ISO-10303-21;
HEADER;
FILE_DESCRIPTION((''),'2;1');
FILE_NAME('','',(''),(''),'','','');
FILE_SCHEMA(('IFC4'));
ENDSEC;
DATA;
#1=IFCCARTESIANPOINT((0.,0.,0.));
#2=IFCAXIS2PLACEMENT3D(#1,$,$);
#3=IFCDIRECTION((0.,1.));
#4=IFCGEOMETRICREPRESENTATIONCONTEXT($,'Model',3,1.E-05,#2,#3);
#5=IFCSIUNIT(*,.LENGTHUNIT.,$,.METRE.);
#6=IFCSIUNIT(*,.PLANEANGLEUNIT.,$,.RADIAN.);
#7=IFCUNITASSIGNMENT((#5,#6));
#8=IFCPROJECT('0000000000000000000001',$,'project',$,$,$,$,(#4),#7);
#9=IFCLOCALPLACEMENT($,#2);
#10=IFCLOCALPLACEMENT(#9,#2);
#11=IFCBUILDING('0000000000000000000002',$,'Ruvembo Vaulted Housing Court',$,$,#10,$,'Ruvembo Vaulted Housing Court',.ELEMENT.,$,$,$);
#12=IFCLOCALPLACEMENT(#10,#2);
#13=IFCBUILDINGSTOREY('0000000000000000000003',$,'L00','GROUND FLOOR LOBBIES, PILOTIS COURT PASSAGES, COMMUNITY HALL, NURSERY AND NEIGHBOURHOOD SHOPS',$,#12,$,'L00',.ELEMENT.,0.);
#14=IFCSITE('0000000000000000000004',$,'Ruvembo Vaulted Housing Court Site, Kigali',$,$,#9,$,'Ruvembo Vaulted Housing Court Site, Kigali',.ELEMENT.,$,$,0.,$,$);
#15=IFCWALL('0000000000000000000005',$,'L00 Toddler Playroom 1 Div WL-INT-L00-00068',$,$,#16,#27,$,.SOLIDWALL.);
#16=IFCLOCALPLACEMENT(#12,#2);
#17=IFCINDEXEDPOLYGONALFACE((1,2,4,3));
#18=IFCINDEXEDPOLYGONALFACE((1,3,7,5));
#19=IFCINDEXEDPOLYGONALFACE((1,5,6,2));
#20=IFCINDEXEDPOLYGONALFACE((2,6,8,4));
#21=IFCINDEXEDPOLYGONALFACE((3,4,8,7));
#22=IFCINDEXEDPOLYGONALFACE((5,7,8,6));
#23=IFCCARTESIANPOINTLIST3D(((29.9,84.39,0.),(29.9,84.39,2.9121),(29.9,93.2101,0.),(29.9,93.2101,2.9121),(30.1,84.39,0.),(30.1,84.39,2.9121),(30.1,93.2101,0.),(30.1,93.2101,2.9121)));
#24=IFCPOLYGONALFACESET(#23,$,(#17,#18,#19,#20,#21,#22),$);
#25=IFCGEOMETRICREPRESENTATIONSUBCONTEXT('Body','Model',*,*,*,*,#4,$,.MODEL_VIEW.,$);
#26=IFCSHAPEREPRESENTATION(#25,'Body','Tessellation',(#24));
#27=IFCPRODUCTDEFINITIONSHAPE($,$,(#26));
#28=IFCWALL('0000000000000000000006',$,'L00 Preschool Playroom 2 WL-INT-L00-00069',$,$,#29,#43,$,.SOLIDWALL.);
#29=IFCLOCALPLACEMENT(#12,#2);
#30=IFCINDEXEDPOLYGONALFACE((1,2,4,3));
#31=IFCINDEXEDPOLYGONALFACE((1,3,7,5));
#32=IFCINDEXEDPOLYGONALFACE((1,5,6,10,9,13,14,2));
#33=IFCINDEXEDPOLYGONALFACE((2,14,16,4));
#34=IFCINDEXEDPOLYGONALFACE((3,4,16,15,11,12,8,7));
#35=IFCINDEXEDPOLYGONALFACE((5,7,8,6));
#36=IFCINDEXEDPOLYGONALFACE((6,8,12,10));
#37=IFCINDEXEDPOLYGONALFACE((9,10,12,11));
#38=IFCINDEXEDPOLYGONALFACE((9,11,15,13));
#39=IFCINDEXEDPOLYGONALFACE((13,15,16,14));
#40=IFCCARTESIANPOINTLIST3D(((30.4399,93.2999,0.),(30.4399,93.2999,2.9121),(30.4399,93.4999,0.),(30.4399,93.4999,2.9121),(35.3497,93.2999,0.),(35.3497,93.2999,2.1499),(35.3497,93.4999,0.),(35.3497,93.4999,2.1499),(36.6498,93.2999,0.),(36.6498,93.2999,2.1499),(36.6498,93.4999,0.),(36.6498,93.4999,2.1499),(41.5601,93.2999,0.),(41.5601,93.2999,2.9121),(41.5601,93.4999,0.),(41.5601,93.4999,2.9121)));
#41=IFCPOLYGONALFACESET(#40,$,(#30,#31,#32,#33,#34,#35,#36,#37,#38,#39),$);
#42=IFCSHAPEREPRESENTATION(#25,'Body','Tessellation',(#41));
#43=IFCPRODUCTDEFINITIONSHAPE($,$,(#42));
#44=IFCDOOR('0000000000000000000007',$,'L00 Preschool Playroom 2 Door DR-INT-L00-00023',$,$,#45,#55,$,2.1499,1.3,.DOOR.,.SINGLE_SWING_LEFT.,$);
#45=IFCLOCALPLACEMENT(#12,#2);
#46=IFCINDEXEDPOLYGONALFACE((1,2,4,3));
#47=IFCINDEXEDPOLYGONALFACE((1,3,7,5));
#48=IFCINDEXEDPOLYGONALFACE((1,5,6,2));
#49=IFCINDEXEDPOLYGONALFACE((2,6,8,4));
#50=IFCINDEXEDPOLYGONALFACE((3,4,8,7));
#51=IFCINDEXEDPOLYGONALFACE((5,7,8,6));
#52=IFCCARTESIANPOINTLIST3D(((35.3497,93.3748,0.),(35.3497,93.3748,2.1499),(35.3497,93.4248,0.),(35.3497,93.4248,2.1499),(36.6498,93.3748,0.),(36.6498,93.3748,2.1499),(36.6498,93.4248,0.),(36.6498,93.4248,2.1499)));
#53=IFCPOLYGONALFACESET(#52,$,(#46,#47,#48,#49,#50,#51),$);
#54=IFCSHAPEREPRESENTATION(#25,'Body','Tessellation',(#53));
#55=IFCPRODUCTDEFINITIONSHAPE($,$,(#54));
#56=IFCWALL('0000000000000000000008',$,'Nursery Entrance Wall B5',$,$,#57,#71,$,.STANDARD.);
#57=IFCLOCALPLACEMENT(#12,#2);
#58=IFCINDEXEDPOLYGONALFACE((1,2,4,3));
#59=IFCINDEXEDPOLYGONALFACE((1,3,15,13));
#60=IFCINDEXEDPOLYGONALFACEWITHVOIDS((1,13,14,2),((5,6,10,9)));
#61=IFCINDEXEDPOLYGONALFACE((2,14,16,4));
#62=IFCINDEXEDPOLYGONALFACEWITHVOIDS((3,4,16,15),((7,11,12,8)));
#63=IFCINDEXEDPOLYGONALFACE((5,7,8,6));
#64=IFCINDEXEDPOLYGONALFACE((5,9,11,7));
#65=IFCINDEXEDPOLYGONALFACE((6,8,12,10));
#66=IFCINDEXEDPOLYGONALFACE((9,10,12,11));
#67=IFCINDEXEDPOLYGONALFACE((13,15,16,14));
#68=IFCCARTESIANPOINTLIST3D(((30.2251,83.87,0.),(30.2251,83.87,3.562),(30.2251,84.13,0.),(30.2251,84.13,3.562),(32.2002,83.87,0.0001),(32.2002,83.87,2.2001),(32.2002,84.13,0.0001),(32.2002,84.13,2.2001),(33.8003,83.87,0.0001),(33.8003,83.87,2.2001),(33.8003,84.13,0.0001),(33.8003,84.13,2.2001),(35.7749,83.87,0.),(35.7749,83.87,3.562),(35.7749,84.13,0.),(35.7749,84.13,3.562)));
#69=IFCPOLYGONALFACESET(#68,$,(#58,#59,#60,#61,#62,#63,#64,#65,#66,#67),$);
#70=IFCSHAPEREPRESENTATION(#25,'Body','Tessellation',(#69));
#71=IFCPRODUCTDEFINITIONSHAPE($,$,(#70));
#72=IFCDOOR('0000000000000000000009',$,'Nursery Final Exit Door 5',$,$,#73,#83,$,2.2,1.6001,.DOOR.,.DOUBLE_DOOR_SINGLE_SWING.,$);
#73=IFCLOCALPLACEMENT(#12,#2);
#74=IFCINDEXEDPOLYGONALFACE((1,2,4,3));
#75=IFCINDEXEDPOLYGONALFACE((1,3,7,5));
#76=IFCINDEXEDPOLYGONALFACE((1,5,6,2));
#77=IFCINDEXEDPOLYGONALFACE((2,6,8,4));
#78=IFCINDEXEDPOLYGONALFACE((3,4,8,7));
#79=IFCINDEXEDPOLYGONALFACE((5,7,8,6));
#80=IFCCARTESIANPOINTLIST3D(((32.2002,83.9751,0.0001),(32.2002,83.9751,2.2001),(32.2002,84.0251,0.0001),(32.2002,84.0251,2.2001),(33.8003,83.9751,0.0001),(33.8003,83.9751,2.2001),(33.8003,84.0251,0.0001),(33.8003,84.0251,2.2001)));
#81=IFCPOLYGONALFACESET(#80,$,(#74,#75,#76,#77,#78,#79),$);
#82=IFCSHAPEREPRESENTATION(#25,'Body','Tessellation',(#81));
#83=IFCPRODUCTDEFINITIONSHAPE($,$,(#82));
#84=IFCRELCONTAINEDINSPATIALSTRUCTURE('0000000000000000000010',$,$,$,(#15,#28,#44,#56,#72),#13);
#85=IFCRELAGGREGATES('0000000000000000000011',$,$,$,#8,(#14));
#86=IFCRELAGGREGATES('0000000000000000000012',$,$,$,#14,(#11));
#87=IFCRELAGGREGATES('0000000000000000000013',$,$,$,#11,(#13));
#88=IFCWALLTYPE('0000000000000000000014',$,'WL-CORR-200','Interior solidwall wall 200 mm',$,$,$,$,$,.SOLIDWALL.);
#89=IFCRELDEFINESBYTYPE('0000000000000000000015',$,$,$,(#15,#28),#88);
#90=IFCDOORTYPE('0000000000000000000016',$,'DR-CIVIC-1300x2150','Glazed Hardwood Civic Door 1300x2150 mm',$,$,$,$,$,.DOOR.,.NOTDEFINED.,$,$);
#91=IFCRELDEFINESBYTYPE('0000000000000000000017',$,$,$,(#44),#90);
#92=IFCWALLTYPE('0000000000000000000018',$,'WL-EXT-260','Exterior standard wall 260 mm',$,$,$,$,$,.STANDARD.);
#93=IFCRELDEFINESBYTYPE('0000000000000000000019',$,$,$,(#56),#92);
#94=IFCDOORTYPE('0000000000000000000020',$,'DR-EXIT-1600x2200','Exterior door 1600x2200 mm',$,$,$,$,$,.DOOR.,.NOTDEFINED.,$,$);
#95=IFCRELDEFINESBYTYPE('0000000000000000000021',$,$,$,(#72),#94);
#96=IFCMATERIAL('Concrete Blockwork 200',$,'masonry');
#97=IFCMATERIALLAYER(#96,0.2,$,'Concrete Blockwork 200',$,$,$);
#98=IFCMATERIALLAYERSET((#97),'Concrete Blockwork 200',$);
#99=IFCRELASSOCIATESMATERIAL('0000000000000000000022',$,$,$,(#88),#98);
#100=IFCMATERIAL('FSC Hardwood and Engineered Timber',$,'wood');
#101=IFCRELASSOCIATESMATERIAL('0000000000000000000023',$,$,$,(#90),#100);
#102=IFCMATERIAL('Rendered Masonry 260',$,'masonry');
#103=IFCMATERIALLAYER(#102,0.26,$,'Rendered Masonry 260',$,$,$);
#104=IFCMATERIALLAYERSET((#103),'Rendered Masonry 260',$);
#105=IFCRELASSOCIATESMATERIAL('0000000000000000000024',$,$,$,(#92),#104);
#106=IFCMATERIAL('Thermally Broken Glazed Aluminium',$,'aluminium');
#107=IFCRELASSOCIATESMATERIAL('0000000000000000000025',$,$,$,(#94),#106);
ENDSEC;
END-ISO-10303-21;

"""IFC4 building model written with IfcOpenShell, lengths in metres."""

from ifc_helpers import new_model, si_unit, direction, frame, frame_2d, origin, place, context, subcontext, project, spatial, rectangle, extrude, material, layer, layer_set, type_object, element, fill, save


model = new_model("IFC4")

# Units and contexts
model_context = context("Model", 3, precision=1e-05, world=origin(), true_north=direction((0.0, 1.0)))
body_context = subcontext(model_context, "Body", "Model", "MODEL_VIEW")
ifc_project = project(units=[si_unit("LENGTHUNIT", "METRE"), si_unit("PLANEANGLEUNIT", "RADIAN")], contexts=[model_context])

# Site, building, storey
site_placement = place(None, origin())
site = spatial("IfcSite", under=ifc_project, at=site_placement, Name="Ruvembo Vaulted Housing Court Site, Kigali", LongName="Ruvembo Vaulted Housing Court Site, Kigali", CompositionType="ELEMENT", RefElevation=0.0)
building_placement = place(site_placement, origin())
building = spatial("IfcBuilding", under=site, at=building_placement, Name="Ruvembo Vaulted Housing Court", LongName="Ruvembo Vaulted Housing Court", CompositionType="ELEMENT")
storey_placement = place(building_placement, origin())
storey = spatial("IfcBuildingStorey", under=building, at=storey_placement, Name="L00", Description="GROUND FLOOR LOBBIES, PILOTIS COURT PASSAGES, COMMUNITY HALL, NURSERY AND NEIGHBOURHOOD SHOPS", LongName="L00", CompositionType="ELEMENT", Elevation=0.0)

# Wall
ifc_material_1 = material(Name="Concrete Blockwork 200", Category="masonry")
ifc_layer_1 = layer(ifc_material_1, 0.2, Name="Concrete Blockwork 200")
ifc_layer_set_1 = layer_set([ifc_layer_1], Name="Concrete Blockwork 200")
wall_type_1 = type_object("IfcWallType", Name="WL-CORR-200", Description="Interior solidwall wall 200 mm", PredefinedType="SOLIDWALL", material=ifc_layer_set_1)
wall_1_placement = place(storey_placement, frame((30.0, 84.3899, 0.0), z_axis=(0.0, 0.0, 1.0), x_axis=(0.0, 1.0, 0.0)))
element("IfcWall", 1, at=wall_1_placement, inside=storey, type_object=wall_type_1, Name="L00 Toddler Playroom 1 Div WL-INT-L00-00068", PredefinedType="SOLIDWALL", context=body_context, shape_type="SweptSolid", body=[
    extrude(rectangle(XDim=8.8201, YDim=0.2, at=frame_2d((4.4102, 0.0))), origin(), (0.0, 0.0, 1.0), 2.9121),
])

# Walls, openings, doors
wall_2_placement = place(storey_placement, frame((30.4399, 93.3999, 0.0), z_axis=(0.0, 0.0, 1.0), x_axis=(1.0, 0.0, 0.0)))
wall_2 = element("IfcWall", 2, at=wall_2_placement, inside=storey, type_object=wall_type_1, Name="L00 Preschool Playroom 2 WL-INT-L00-00069", PredefinedType="SOLIDWALL", context=body_context, shape_type="SweptSolid", body=[
    extrude(rectangle(XDim=11.1201, YDim=0.2, at=frame_2d((5.5601, 0.0))), origin(), (0.0, 0.0, 1.0), 2.9121),
])
opening_1_placement = place(wall_2_placement, frame((4.9099, 0.0, 0.0)))
opening_1 = element("IfcOpeningElement", 3, at=opening_1_placement, cuts=wall_2, PredefinedType="OPENING", context=body_context, shape_type="SweptSolid", body=[
    extrude(rectangle(XDim=1.3, YDim=2.1499, at=frame_2d((0.6499, 1.075))), frame((0.0, 0.1099, 0.0), z_axis=(0.0, -1.0, 0.0), x_axis=(1.0, 0.0, 0.0)), (0.0, 0.0, 1.0), 0.22),
])
ifc_material_2 = material(Name="FSC Hardwood and Engineered Timber", Category="wood")
door_type_1 = type_object("IfcDoorType", Name="DR-CIVIC-1300x2150", Description="Glazed Hardwood Civic Door 1300x2150 mm", OperationType="NOTDEFINED", PredefinedType="DOOR", material=ifc_material_2)
door_1_placement = place(opening_1_placement, origin())
door_1 = element("IfcDoor", 4, at=door_1_placement, inside=storey, type_object=door_type_1, Name="L00 Preschool Playroom 2 Door DR-INT-L00-00023", OperationType="SINGLE_SWING_LEFT", OverallHeight=2.1499, OverallWidth=1.3, PredefinedType="DOOR", context=body_context, shape_type="SweptSolid", body=[
    extrude(rectangle(XDim=1.3, YDim=2.1499, at=frame_2d((0.6499, 1.075))), frame((0.0, 0.0249, 0.0), z_axis=(0.0, -1.0, 0.0), x_axis=(1.0, 0.0, 0.0)), (0.0, 0.0, 1.0), 0.05),
])
fill(opening_1, door_1)
ifc_material_3 = material(Name="Rendered Masonry 260", Category="masonry")
ifc_layer_2 = layer(ifc_material_3, 0.26, Name="Rendered Masonry 260")
ifc_layer_set_2 = layer_set([ifc_layer_2], Name="Rendered Masonry 260")
wall_type_2 = type_object("IfcWallType", Name="WL-EXT-260", Description="Exterior standard wall 260 mm", PredefinedType="STANDARD", material=ifc_layer_set_2)
wall_3_placement = place(storey_placement, frame((30.2251, 84.0, 0.0), z_axis=(0.0, 0.0, 1.0), x_axis=(1.0, 0.0, 0.0)))
wall_3 = element("IfcWall", 5, at=wall_3_placement, inside=storey, type_object=wall_type_2, Name="Nursery Entrance Wall B5", PredefinedType="STANDARD", context=body_context, shape_type="SweptSolid", body=[
    extrude(rectangle(XDim=5.5498, YDim=0.26, at=frame_2d((2.7749, 0.0))), origin(), (0.0, 0.0, 1.0), 3.562),
])
opening_2_placement = place(wall_3_placement, frame((1.9751, 0.0, 0.0)))
opening_2 = element("IfcOpeningElement", 6, at=opening_2_placement, cuts=wall_3, PredefinedType="OPENING", context=body_context, shape_type="SweptSolid", body=[
    extrude(rectangle(XDim=1.6001, YDim=2.2, at=frame_2d((0.8, 1.1001))), frame((0.0, 0.1399, 0.0), z_axis=(0.0, -1.0, 0.0), x_axis=(1.0, 0.0, 0.0)), (0.0, 0.0, 1.0), 0.28),
])
ifc_material_4 = material(Name="Thermally Broken Glazed Aluminium", Category="aluminium")
door_type_2 = type_object("IfcDoorType", Name="DR-EXIT-1600x2200", Description="Exterior door 1600x2200 mm", OperationType="NOTDEFINED", PredefinedType="DOOR", material=ifc_material_4)
door_2_placement = place(opening_2_placement, frame((1.6001, 0.0, 0.0), z_axis=(0.0, 0.0, 1.0), x_axis=(-1.0, 0.0, 0.0)))
door_2 = element("IfcDoor", 7, at=door_2_placement, inside=storey, type_object=door_type_2, Name="Nursery Final Exit Door 5", OperationType="DOUBLE_DOOR_SINGLE_SWING", OverallHeight=2.2, OverallWidth=1.6001, PredefinedType="DOOR", context=body_context, shape_type="SweptSolid", body=[
    extrude(rectangle(XDim=1.6001, YDim=2.2, at=frame_2d((0.8, 1.1001))), frame((0.0, 0.0249, 0.0), z_axis=(0.0, -1.0, 0.0), x_axis=(1.0, 0.0, 0.0)), (0.0, 0.0, 1.0), 0.05),
])
fill(opening_2, door_2)

save(model, "model.ifc")
